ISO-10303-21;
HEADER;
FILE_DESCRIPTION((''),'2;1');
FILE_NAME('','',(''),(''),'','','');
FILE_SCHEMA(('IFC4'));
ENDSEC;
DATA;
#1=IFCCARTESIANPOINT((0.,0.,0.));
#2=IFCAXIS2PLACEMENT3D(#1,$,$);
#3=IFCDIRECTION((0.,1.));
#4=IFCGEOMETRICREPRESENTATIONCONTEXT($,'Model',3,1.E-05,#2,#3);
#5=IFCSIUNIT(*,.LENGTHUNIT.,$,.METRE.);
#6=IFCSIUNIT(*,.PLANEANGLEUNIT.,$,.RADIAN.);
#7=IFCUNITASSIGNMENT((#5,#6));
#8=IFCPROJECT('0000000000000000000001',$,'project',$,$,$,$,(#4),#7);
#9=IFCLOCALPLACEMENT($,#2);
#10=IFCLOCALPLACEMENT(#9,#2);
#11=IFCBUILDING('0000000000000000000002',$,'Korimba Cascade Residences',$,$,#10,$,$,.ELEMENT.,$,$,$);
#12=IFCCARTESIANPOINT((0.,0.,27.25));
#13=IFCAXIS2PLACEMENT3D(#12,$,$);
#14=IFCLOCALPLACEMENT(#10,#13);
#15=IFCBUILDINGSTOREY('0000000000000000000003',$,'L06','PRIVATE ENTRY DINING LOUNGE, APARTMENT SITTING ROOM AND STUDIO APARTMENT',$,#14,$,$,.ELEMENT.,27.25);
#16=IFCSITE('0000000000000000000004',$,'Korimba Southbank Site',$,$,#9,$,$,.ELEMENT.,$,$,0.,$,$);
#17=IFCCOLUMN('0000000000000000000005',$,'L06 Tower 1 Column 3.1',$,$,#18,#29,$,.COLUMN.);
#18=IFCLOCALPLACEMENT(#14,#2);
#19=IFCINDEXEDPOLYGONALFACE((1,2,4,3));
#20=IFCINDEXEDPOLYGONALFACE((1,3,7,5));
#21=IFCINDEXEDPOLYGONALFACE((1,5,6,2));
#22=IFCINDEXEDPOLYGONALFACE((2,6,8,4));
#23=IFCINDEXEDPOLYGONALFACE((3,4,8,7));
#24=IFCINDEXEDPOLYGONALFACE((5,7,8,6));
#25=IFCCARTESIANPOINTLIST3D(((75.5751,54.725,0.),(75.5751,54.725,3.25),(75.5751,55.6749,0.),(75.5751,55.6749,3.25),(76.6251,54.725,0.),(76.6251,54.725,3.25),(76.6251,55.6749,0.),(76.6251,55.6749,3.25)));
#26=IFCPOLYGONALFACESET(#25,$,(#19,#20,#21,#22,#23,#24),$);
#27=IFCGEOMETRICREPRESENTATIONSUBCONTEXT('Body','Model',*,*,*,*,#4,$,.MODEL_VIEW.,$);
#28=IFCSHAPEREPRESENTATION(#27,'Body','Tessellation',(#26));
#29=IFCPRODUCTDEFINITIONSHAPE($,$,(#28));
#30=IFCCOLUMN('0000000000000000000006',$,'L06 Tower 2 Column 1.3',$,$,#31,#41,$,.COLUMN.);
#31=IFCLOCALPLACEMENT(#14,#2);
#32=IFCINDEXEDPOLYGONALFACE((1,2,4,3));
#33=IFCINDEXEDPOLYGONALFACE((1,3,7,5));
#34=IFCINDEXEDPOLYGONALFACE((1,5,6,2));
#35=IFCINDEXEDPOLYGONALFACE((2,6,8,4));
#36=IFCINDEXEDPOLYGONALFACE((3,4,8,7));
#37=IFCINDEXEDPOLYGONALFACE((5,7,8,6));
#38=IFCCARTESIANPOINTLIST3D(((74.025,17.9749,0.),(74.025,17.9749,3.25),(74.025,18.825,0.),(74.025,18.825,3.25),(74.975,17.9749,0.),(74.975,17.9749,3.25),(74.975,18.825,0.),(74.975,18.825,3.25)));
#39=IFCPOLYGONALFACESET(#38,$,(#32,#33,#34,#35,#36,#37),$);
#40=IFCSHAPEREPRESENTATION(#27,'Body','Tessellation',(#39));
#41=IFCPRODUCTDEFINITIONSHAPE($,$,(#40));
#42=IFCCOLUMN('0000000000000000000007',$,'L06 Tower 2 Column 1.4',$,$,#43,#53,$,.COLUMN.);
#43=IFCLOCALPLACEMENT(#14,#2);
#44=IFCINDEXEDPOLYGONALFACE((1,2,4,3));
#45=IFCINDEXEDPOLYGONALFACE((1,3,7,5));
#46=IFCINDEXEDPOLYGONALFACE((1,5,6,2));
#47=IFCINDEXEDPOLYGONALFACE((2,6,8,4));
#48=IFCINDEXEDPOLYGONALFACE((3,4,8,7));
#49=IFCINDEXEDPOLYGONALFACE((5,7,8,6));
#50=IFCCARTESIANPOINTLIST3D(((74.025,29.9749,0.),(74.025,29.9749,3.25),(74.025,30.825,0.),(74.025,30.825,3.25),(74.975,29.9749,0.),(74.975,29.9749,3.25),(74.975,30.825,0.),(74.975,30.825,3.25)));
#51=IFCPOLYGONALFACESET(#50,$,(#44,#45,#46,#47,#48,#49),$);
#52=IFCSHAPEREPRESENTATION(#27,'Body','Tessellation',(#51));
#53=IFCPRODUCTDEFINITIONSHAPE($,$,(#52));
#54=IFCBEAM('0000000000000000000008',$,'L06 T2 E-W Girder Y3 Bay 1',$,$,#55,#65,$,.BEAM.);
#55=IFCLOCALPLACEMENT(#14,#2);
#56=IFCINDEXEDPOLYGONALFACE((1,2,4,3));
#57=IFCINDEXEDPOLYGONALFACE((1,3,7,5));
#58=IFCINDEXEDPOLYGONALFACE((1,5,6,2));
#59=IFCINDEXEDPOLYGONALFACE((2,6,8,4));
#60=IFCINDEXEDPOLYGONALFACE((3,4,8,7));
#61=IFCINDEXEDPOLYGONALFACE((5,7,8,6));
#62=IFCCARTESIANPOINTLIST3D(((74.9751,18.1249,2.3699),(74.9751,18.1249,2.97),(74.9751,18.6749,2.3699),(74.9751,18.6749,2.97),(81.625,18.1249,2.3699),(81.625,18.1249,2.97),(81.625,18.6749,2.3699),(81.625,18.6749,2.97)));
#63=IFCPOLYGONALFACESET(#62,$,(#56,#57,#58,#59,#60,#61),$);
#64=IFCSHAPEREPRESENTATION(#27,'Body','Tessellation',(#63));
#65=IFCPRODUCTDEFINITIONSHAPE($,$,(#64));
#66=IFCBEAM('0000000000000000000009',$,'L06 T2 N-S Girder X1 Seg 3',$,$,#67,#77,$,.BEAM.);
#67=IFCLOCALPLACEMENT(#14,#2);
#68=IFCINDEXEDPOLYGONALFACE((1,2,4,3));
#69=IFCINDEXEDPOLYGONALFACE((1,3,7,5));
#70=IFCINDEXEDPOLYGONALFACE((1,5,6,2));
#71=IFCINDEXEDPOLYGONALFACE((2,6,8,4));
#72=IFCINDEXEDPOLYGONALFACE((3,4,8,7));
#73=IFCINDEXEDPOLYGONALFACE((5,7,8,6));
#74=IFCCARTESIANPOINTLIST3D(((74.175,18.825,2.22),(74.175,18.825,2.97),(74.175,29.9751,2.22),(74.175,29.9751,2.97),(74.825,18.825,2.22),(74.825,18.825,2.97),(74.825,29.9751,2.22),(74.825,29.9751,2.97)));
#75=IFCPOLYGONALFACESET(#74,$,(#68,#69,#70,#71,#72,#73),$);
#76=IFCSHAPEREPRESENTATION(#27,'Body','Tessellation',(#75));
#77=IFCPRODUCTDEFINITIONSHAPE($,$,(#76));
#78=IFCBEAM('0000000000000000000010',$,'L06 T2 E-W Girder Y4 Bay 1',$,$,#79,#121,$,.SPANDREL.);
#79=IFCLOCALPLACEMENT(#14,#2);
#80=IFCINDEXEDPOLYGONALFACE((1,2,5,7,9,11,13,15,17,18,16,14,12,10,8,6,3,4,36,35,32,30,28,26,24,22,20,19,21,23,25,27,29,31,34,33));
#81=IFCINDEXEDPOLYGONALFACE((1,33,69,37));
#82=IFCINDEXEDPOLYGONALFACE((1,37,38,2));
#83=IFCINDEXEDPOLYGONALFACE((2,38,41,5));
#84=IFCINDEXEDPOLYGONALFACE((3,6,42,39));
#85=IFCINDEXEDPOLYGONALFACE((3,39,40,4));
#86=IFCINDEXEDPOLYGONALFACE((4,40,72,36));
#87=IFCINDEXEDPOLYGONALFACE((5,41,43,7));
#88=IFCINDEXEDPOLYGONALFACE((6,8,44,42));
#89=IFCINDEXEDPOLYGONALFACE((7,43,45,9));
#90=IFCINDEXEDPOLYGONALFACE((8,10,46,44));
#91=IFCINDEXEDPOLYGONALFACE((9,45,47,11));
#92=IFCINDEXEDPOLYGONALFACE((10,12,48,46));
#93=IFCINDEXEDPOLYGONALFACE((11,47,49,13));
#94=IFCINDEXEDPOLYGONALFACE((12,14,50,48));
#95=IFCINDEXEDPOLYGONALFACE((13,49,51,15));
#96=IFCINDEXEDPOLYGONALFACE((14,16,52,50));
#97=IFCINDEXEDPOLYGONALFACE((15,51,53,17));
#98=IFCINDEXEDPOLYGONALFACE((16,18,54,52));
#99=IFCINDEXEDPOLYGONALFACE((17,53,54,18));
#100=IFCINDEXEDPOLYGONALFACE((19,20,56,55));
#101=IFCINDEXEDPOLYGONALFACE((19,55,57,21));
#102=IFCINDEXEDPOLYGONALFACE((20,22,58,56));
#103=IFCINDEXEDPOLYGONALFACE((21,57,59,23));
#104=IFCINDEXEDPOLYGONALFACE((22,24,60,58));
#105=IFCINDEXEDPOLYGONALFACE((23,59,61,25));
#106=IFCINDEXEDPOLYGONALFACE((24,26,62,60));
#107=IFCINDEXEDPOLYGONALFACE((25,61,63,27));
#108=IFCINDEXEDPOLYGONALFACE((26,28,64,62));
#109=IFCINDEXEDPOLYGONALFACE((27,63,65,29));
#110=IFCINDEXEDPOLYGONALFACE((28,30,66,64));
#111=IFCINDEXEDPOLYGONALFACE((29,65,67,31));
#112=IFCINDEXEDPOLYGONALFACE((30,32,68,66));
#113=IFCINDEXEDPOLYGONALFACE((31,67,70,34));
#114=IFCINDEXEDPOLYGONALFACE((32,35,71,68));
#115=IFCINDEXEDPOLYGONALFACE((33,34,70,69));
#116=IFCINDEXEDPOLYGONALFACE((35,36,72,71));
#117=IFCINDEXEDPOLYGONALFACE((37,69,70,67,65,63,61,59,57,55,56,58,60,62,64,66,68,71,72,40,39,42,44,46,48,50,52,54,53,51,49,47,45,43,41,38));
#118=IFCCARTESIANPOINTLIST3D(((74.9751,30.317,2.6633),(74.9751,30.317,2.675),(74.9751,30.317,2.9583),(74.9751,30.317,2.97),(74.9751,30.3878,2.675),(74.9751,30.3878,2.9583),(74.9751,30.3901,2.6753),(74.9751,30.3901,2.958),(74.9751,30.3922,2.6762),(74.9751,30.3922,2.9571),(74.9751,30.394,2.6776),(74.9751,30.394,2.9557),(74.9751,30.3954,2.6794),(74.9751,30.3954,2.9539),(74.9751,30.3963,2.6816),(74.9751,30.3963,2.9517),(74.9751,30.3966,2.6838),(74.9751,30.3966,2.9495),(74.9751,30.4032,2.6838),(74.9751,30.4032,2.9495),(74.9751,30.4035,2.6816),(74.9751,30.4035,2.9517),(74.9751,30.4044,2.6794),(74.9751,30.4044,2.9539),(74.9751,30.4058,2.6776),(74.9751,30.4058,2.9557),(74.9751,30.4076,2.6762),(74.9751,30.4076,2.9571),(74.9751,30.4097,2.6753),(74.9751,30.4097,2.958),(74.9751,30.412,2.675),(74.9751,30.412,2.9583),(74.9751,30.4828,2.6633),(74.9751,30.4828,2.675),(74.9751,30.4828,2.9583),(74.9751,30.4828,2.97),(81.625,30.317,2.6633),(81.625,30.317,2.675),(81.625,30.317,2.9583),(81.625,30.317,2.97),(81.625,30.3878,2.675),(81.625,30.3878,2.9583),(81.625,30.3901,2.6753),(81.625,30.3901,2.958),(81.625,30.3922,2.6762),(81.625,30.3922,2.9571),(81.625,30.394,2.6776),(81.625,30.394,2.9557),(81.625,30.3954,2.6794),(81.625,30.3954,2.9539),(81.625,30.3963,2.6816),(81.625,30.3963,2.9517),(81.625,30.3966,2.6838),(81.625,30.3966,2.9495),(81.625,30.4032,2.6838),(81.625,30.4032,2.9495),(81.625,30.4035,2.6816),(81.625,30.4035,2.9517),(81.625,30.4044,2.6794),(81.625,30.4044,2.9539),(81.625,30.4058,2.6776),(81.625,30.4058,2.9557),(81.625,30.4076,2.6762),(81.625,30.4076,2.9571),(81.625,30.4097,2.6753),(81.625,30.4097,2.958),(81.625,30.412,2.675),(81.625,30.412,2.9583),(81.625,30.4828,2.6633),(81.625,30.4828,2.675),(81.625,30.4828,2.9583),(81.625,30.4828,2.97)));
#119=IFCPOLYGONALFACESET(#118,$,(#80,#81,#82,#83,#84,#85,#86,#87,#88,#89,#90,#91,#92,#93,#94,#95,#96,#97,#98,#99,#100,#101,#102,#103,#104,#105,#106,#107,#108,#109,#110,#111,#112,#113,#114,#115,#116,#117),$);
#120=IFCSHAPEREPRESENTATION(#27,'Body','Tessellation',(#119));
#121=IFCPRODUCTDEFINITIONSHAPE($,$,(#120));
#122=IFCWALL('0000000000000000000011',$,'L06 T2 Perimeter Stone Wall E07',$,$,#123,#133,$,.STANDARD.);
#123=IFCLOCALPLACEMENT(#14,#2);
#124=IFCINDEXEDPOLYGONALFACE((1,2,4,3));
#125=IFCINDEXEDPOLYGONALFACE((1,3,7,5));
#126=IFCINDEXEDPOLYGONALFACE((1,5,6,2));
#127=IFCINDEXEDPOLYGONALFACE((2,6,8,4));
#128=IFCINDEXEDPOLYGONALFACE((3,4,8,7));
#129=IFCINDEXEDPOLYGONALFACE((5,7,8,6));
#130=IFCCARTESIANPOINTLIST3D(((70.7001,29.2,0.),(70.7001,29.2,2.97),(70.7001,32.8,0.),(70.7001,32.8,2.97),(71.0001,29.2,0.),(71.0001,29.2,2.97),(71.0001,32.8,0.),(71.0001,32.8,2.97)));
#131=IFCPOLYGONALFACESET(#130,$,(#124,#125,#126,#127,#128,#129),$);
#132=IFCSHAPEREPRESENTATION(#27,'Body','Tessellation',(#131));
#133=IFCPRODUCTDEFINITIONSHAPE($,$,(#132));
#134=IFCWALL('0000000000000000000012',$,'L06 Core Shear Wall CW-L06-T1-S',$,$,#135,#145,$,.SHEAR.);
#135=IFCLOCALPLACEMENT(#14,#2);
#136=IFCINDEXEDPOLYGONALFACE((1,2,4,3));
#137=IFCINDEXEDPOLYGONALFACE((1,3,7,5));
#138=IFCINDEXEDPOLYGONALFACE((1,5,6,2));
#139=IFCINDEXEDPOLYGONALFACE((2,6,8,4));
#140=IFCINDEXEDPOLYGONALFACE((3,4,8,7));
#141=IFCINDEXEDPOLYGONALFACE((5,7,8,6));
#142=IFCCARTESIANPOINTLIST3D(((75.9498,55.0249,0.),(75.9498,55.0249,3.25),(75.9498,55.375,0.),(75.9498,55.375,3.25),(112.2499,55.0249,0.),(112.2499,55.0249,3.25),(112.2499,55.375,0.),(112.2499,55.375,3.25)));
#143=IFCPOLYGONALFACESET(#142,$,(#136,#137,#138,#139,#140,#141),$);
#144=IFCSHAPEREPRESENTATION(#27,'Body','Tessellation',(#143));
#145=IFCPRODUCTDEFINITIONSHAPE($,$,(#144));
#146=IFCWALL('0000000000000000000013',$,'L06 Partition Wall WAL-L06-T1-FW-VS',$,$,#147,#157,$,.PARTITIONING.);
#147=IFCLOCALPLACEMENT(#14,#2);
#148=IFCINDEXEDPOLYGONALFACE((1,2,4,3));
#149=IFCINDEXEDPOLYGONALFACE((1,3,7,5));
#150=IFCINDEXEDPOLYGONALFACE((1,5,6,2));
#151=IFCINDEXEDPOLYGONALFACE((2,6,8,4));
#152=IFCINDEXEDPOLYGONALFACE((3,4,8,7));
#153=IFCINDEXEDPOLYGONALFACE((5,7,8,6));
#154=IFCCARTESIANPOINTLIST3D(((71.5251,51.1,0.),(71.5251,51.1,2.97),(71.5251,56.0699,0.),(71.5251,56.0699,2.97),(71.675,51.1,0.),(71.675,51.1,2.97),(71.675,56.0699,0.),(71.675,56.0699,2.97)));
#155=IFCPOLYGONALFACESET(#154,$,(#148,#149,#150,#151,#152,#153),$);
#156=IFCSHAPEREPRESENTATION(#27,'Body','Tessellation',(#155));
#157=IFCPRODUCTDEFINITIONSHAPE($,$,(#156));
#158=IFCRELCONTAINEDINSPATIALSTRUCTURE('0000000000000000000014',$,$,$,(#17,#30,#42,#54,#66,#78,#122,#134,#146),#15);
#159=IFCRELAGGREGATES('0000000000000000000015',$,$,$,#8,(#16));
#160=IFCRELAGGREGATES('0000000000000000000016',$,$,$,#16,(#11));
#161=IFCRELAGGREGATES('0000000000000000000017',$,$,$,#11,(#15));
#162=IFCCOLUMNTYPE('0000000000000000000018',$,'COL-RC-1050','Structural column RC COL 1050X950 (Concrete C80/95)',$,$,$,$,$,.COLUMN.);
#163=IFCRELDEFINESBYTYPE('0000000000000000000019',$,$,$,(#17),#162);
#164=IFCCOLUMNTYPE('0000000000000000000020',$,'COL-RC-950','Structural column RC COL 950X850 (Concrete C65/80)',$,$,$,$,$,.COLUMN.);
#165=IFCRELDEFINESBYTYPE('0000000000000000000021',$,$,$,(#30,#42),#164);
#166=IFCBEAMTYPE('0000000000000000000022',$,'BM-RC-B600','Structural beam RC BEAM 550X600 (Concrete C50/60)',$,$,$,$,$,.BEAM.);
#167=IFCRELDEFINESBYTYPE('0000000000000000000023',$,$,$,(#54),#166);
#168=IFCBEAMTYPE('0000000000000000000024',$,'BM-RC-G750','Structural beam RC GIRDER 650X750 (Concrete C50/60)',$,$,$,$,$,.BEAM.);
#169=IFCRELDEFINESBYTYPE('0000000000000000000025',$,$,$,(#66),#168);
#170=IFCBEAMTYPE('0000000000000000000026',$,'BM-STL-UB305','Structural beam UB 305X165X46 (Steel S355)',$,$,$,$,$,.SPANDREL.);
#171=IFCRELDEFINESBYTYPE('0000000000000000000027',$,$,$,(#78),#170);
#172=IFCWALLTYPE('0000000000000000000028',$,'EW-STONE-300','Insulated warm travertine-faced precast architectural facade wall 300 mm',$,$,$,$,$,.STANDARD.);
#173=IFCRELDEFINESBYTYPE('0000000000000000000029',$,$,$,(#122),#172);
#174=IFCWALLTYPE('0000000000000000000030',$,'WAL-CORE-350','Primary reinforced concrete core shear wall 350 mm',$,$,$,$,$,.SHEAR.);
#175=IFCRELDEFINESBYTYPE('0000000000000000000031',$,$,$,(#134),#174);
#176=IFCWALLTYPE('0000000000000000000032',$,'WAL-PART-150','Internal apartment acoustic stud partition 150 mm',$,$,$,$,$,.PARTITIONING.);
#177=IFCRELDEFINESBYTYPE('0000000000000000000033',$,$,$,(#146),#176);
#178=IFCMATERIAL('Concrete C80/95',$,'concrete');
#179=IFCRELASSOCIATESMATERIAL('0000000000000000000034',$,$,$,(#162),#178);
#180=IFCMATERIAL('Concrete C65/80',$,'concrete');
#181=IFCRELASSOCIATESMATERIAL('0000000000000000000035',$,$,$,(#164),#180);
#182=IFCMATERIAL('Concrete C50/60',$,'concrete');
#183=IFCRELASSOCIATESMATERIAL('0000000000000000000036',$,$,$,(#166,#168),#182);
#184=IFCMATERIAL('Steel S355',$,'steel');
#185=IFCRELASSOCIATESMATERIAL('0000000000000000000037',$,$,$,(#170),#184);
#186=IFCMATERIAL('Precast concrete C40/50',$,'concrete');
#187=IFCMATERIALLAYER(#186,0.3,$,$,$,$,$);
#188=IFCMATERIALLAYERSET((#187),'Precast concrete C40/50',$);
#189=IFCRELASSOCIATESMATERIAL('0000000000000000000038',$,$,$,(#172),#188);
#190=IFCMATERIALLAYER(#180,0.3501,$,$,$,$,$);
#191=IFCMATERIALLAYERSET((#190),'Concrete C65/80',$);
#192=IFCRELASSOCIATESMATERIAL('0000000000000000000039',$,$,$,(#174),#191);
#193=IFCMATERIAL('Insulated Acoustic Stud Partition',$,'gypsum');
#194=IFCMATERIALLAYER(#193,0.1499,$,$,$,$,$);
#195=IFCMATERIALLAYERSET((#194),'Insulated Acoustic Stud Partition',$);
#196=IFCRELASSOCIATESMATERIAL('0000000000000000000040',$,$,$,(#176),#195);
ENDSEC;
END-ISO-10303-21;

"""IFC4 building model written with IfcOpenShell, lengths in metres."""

from ifc_helpers import new_model, si_unit, direction, frame, frame_2d, origin, origin_2d, place, context, subcontext, project, spatial, rectangle, i_section, extrude, material, layer, layer_set, material_profile, profile_set, type_object, element, save


model = new_model("IFC4")

# Units and contexts
model_context = context("Model", 3, precision=1e-05, world=origin(), true_north=direction((0.0, 1.0)))
body_context = subcontext(model_context, "Body", "Model", "MODEL_VIEW")
ifc_project = project(units=[si_unit("LENGTHUNIT", "METRE"), si_unit("PLANEANGLEUNIT", "RADIAN")], contexts=[model_context])

# Site, building, storey
site_placement = place(None, origin())
site = spatial("IfcSite", under=ifc_project, at=site_placement, Name="Korimba Southbank Site", CompositionType="ELEMENT", RefElevation=0.0)
building_placement = place(site_placement, origin())
building = spatial("IfcBuilding", under=site, at=building_placement, Name="Korimba Cascade Residences", CompositionType="ELEMENT")
storey_placement = place(building_placement, frame((0.0, 0.0, 27.25)))
storey = spatial("IfcBuildingStorey", under=building, at=storey_placement, Name="L06", Description="PRIVATE ENTRY DINING LOUNGE, APARTMENT SITTING ROOM AND STUDIO APARTMENT", CompositionType="ELEMENT", Elevation=27.25)

# Columns
ifc_material_1 = material(Name="Concrete C80/95", Category="concrete")
ifc_material_profile_1 = material_profile(ifc_material_1, rectangle(XDim=1.05, YDim=0.95, at=origin_2d()), Name="Concrete C80/95")
ifc_profile_set_1 = profile_set([ifc_material_profile_1], Name="Concrete C80/95")
column_type_1 = type_object("IfcColumnType", Name="COL-RC-1050", Description="Structural column RC COL 1050X950 (Concrete C80/95)", PredefinedType="COLUMN", material=ifc_profile_set_1)
column_placement = place(storey_placement, frame((76.1001, 55.2, 0.0), z_axis=(0.0, 0.0, 1.0), x_axis=(1.0, 0.0, 0.0)))
element("IfcColumn", 1, at=column_placement, inside=storey, type_object=column_type_1, Name="L06 Tower 1 Column 3.1", PredefinedType="COLUMN", context=body_context, shape_type="SweptSolid", body=[
    extrude(rectangle(XDim=1.05, YDim=0.95, at=origin_2d()), origin(), (0.0, 0.0, 1.0), 3.25),
])
ifc_material_2 = material(Name="Concrete C65/80", Category="concrete")
ifc_material_profile_2 = material_profile(ifc_material_2, rectangle(XDim=0.95, YDim=0.8501, at=origin_2d()), Name="Concrete C65/80")
ifc_profile_set_2 = profile_set([ifc_material_profile_2], Name="Concrete C65/80")
column_type_2 = type_object("IfcColumnType", Name="COL-RC-950", Description="Structural column RC COL 950X850 (Concrete C65/80)", PredefinedType="COLUMN", material=ifc_profile_set_2)
for number, where, z_axis, x_axis, name in (
    (2, (74.5, 18.3999, 0.0), (0.0, 0.0, 1.0), (1.0, 0.0, 0.0), "L06 Tower 2 Column 1.3"),
    (3, (74.5, 30.3999, 0.0), (0.0, 0.0, 1.0), (1.0, 0.0, 0.0), "L06 Tower 2 Column 1.4"),
):
    element("IfcColumn", number, at=place(storey_placement, frame(where, z_axis=z_axis, x_axis=x_axis)), inside=storey, type_object=column_type_2, Name=name, PredefinedType="COLUMN", context=body_context, shape_type="SweptSolid", body=[
        extrude(rectangle(XDim=0.95, YDim=0.8501, at=origin_2d()), origin(), (0.0, 0.0, 1.0), 3.25),
    ])

# Beams
ifc_material_3 = material(Name="Concrete C50/60", Category="concrete")
ifc_material_profile_3 = material_profile(ifc_material_3, rectangle(XDim=0.55, YDim=0.6001, at=origin_2d()), Name="Concrete C50/60")
ifc_profile_set_3 = profile_set([ifc_material_profile_3], Name="Concrete C50/60")
beam_type_1 = type_object("IfcBeamType", Name="BM-RC-B600", Description="Structural beam RC BEAM 550X600 (Concrete C50/60)", PredefinedType="BEAM", material=ifc_profile_set_3)
beam_1_placement = place(storey_placement, frame((74.9751, 18.3999, 2.6699), z_axis=(1.0, 0.0, 0.0), x_axis=(0.0, 1.0, 0.0)))
element("IfcBeam", 4, at=beam_1_placement, inside=storey, type_object=beam_type_1, Name="L06 T2 E-W Girder Y3 Bay 1", PredefinedType="BEAM", context=body_context, shape_type="SweptSolid", body=[
    extrude(rectangle(XDim=0.55, YDim=0.6001, at=origin_2d()), origin(), (0.0, 0.0, 1.0), 6.6499),
])
ifc_material_profile_4 = material_profile(ifc_material_3, rectangle(XDim=0.6499, YDim=0.75, at=origin_2d()), Name="Concrete C50/60")
ifc_profile_set_4 = profile_set([ifc_material_profile_4], Name="Concrete C50/60")
beam_type_2 = type_object("IfcBeamType", Name="BM-RC-G750", Description="Structural beam RC GIRDER 650X750 (Concrete C50/60)", PredefinedType="BEAM", material=ifc_profile_set_4)
beam_2_placement = place(storey_placement, frame((74.5, 18.825, 2.595), z_axis=(0.0, 1.0, 0.0), x_axis=(-1.0, 0.0, 0.0)))
element("IfcBeam", 5, at=beam_2_placement, inside=storey, type_object=beam_type_2, Name="L06 T2 N-S Girder X1 Seg 3", PredefinedType="BEAM", context=body_context, shape_type="SweptSolid", body=[
    extrude(rectangle(XDim=0.6499, YDim=0.75, at=origin_2d()), origin(), (0.0, 0.0, 1.0), 11.1501),
])
ifc_material_4 = material(Name="Steel S355", Category="steel")
ifc_material_profile_5 = material_profile(ifc_material_4, i_section(OverallWidth=0.1658, OverallDepth=0.3066, WebThickness=0.0066, FlangeThickness=0.0117, FilletRadius=0.0088, at=origin_2d()), Name="Steel S355")
ifc_profile_set_5 = profile_set([ifc_material_profile_5], Name="Steel S355")
beam_type_3 = type_object("IfcBeamType", Name="BM-STL-UB305", Description="Structural beam UB 305X165X46 (Steel S355)", PredefinedType="SPANDREL", material=ifc_profile_set_5)
beam_3_placement = place(storey_placement, frame((74.9751, 30.3999, 2.8167), z_axis=(1.0, 0.0, 0.0), x_axis=(0.0, 1.0, 0.0)))
element("IfcBeam", 6, at=beam_3_placement, inside=storey, type_object=beam_type_3, Name="L06 T2 E-W Girder Y4 Bay 1", PredefinedType="SPANDREL", context=body_context, shape_type="SweptSolid", body=[
    extrude(i_section(OverallWidth=0.1658, OverallDepth=0.3066, WebThickness=0.0066, FlangeThickness=0.0117, FilletRadius=0.0088, at=origin_2d()), origin(), (0.0, 0.0, 1.0), 6.6499),
])

# Walls
ifc_material_5 = material(Name="Precast concrete C40/50", Category="concrete")
ifc_layer_1 = layer(ifc_material_5, 0.3)
ifc_layer_set_1 = layer_set([ifc_layer_1], Name="Precast concrete C40/50")
wall_type_1 = type_object("IfcWallType", Name="EW-STONE-300", Description="Insulated warm travertine-faced precast architectural facade wall 300 mm", PredefinedType="STANDARD", material=ifc_layer_set_1)
wall_1_placement = place(storey_placement, frame((70.8501, 32.8, 0.0), z_axis=(0.0, 0.0, 1.0), x_axis=(0.0, -1.0, 0.0)))
element("IfcWall", 7, at=wall_1_placement, inside=storey, type_object=wall_type_1, Name="L06 T2 Perimeter Stone Wall E07", PredefinedType="STANDARD", context=body_context, shape_type="SweptSolid", body=[
    extrude(rectangle(XDim=3.6001, YDim=0.3, at=frame_2d((1.8, 0.0))), origin(), (0.0, 0.0, 1.0), 2.97),
])
ifc_layer_2 = layer(ifc_material_2, 0.3501)
ifc_layer_set_2 = layer_set([ifc_layer_2], Name="Concrete C65/80")
wall_type_2 = type_object("IfcWallType", Name="WAL-CORE-350", Description="Primary reinforced concrete core shear wall 350 mm", PredefinedType="SHEAR", material=ifc_layer_set_2)
wall_2_placement = place(storey_placement, frame((75.95, 55.2, 0.0), z_axis=(0.0, 0.0, 1.0), x_axis=(1.0, 0.0, 0.0)))
element("IfcWall", 8, at=wall_2_placement, inside=storey, type_object=wall_type_2, Name="L06 Core Shear Wall CW-L06-T1-S", PredefinedType="SHEAR", context=body_context, shape_type="SweptSolid", body=[
    extrude(rectangle(XDim=36.3, YDim=0.3501, at=frame_2d((18.1499, 0.0))), origin(), (0.0, 0.0, 1.0), 3.25),
])
ifc_material_6 = material(Name="Insulated Acoustic Stud Partition", Category="gypsum")
ifc_layer_3 = layer(ifc_material_6, 0.1499)
ifc_layer_set_3 = layer_set([ifc_layer_3], Name="Insulated Acoustic Stud Partition")
wall_type_3 = type_object("IfcWallType", Name="WAL-PART-150", Description="Internal apartment acoustic stud partition 150 mm", PredefinedType="PARTITIONING", material=ifc_layer_set_3)
wall_3_placement = place(storey_placement, frame((71.6001, 51.1001, 0.0), z_axis=(0.0, 0.0, 1.0), x_axis=(0.0, 1.0, 0.0)))
element("IfcWall", 9, at=wall_3_placement, inside=storey, type_object=wall_type_3, Name="L06 Partition Wall WAL-L06-T1-FW-VS", PredefinedType="PARTITIONING", context=body_context, shape_type="SweptSolid", body=[
    extrude(rectangle(XDim=4.97, YDim=0.1499, at=frame_2d((2.4849, 0.0))), origin(), (0.0, 0.0, 1.0), 2.97),
])

save(model, "model.ifc")
